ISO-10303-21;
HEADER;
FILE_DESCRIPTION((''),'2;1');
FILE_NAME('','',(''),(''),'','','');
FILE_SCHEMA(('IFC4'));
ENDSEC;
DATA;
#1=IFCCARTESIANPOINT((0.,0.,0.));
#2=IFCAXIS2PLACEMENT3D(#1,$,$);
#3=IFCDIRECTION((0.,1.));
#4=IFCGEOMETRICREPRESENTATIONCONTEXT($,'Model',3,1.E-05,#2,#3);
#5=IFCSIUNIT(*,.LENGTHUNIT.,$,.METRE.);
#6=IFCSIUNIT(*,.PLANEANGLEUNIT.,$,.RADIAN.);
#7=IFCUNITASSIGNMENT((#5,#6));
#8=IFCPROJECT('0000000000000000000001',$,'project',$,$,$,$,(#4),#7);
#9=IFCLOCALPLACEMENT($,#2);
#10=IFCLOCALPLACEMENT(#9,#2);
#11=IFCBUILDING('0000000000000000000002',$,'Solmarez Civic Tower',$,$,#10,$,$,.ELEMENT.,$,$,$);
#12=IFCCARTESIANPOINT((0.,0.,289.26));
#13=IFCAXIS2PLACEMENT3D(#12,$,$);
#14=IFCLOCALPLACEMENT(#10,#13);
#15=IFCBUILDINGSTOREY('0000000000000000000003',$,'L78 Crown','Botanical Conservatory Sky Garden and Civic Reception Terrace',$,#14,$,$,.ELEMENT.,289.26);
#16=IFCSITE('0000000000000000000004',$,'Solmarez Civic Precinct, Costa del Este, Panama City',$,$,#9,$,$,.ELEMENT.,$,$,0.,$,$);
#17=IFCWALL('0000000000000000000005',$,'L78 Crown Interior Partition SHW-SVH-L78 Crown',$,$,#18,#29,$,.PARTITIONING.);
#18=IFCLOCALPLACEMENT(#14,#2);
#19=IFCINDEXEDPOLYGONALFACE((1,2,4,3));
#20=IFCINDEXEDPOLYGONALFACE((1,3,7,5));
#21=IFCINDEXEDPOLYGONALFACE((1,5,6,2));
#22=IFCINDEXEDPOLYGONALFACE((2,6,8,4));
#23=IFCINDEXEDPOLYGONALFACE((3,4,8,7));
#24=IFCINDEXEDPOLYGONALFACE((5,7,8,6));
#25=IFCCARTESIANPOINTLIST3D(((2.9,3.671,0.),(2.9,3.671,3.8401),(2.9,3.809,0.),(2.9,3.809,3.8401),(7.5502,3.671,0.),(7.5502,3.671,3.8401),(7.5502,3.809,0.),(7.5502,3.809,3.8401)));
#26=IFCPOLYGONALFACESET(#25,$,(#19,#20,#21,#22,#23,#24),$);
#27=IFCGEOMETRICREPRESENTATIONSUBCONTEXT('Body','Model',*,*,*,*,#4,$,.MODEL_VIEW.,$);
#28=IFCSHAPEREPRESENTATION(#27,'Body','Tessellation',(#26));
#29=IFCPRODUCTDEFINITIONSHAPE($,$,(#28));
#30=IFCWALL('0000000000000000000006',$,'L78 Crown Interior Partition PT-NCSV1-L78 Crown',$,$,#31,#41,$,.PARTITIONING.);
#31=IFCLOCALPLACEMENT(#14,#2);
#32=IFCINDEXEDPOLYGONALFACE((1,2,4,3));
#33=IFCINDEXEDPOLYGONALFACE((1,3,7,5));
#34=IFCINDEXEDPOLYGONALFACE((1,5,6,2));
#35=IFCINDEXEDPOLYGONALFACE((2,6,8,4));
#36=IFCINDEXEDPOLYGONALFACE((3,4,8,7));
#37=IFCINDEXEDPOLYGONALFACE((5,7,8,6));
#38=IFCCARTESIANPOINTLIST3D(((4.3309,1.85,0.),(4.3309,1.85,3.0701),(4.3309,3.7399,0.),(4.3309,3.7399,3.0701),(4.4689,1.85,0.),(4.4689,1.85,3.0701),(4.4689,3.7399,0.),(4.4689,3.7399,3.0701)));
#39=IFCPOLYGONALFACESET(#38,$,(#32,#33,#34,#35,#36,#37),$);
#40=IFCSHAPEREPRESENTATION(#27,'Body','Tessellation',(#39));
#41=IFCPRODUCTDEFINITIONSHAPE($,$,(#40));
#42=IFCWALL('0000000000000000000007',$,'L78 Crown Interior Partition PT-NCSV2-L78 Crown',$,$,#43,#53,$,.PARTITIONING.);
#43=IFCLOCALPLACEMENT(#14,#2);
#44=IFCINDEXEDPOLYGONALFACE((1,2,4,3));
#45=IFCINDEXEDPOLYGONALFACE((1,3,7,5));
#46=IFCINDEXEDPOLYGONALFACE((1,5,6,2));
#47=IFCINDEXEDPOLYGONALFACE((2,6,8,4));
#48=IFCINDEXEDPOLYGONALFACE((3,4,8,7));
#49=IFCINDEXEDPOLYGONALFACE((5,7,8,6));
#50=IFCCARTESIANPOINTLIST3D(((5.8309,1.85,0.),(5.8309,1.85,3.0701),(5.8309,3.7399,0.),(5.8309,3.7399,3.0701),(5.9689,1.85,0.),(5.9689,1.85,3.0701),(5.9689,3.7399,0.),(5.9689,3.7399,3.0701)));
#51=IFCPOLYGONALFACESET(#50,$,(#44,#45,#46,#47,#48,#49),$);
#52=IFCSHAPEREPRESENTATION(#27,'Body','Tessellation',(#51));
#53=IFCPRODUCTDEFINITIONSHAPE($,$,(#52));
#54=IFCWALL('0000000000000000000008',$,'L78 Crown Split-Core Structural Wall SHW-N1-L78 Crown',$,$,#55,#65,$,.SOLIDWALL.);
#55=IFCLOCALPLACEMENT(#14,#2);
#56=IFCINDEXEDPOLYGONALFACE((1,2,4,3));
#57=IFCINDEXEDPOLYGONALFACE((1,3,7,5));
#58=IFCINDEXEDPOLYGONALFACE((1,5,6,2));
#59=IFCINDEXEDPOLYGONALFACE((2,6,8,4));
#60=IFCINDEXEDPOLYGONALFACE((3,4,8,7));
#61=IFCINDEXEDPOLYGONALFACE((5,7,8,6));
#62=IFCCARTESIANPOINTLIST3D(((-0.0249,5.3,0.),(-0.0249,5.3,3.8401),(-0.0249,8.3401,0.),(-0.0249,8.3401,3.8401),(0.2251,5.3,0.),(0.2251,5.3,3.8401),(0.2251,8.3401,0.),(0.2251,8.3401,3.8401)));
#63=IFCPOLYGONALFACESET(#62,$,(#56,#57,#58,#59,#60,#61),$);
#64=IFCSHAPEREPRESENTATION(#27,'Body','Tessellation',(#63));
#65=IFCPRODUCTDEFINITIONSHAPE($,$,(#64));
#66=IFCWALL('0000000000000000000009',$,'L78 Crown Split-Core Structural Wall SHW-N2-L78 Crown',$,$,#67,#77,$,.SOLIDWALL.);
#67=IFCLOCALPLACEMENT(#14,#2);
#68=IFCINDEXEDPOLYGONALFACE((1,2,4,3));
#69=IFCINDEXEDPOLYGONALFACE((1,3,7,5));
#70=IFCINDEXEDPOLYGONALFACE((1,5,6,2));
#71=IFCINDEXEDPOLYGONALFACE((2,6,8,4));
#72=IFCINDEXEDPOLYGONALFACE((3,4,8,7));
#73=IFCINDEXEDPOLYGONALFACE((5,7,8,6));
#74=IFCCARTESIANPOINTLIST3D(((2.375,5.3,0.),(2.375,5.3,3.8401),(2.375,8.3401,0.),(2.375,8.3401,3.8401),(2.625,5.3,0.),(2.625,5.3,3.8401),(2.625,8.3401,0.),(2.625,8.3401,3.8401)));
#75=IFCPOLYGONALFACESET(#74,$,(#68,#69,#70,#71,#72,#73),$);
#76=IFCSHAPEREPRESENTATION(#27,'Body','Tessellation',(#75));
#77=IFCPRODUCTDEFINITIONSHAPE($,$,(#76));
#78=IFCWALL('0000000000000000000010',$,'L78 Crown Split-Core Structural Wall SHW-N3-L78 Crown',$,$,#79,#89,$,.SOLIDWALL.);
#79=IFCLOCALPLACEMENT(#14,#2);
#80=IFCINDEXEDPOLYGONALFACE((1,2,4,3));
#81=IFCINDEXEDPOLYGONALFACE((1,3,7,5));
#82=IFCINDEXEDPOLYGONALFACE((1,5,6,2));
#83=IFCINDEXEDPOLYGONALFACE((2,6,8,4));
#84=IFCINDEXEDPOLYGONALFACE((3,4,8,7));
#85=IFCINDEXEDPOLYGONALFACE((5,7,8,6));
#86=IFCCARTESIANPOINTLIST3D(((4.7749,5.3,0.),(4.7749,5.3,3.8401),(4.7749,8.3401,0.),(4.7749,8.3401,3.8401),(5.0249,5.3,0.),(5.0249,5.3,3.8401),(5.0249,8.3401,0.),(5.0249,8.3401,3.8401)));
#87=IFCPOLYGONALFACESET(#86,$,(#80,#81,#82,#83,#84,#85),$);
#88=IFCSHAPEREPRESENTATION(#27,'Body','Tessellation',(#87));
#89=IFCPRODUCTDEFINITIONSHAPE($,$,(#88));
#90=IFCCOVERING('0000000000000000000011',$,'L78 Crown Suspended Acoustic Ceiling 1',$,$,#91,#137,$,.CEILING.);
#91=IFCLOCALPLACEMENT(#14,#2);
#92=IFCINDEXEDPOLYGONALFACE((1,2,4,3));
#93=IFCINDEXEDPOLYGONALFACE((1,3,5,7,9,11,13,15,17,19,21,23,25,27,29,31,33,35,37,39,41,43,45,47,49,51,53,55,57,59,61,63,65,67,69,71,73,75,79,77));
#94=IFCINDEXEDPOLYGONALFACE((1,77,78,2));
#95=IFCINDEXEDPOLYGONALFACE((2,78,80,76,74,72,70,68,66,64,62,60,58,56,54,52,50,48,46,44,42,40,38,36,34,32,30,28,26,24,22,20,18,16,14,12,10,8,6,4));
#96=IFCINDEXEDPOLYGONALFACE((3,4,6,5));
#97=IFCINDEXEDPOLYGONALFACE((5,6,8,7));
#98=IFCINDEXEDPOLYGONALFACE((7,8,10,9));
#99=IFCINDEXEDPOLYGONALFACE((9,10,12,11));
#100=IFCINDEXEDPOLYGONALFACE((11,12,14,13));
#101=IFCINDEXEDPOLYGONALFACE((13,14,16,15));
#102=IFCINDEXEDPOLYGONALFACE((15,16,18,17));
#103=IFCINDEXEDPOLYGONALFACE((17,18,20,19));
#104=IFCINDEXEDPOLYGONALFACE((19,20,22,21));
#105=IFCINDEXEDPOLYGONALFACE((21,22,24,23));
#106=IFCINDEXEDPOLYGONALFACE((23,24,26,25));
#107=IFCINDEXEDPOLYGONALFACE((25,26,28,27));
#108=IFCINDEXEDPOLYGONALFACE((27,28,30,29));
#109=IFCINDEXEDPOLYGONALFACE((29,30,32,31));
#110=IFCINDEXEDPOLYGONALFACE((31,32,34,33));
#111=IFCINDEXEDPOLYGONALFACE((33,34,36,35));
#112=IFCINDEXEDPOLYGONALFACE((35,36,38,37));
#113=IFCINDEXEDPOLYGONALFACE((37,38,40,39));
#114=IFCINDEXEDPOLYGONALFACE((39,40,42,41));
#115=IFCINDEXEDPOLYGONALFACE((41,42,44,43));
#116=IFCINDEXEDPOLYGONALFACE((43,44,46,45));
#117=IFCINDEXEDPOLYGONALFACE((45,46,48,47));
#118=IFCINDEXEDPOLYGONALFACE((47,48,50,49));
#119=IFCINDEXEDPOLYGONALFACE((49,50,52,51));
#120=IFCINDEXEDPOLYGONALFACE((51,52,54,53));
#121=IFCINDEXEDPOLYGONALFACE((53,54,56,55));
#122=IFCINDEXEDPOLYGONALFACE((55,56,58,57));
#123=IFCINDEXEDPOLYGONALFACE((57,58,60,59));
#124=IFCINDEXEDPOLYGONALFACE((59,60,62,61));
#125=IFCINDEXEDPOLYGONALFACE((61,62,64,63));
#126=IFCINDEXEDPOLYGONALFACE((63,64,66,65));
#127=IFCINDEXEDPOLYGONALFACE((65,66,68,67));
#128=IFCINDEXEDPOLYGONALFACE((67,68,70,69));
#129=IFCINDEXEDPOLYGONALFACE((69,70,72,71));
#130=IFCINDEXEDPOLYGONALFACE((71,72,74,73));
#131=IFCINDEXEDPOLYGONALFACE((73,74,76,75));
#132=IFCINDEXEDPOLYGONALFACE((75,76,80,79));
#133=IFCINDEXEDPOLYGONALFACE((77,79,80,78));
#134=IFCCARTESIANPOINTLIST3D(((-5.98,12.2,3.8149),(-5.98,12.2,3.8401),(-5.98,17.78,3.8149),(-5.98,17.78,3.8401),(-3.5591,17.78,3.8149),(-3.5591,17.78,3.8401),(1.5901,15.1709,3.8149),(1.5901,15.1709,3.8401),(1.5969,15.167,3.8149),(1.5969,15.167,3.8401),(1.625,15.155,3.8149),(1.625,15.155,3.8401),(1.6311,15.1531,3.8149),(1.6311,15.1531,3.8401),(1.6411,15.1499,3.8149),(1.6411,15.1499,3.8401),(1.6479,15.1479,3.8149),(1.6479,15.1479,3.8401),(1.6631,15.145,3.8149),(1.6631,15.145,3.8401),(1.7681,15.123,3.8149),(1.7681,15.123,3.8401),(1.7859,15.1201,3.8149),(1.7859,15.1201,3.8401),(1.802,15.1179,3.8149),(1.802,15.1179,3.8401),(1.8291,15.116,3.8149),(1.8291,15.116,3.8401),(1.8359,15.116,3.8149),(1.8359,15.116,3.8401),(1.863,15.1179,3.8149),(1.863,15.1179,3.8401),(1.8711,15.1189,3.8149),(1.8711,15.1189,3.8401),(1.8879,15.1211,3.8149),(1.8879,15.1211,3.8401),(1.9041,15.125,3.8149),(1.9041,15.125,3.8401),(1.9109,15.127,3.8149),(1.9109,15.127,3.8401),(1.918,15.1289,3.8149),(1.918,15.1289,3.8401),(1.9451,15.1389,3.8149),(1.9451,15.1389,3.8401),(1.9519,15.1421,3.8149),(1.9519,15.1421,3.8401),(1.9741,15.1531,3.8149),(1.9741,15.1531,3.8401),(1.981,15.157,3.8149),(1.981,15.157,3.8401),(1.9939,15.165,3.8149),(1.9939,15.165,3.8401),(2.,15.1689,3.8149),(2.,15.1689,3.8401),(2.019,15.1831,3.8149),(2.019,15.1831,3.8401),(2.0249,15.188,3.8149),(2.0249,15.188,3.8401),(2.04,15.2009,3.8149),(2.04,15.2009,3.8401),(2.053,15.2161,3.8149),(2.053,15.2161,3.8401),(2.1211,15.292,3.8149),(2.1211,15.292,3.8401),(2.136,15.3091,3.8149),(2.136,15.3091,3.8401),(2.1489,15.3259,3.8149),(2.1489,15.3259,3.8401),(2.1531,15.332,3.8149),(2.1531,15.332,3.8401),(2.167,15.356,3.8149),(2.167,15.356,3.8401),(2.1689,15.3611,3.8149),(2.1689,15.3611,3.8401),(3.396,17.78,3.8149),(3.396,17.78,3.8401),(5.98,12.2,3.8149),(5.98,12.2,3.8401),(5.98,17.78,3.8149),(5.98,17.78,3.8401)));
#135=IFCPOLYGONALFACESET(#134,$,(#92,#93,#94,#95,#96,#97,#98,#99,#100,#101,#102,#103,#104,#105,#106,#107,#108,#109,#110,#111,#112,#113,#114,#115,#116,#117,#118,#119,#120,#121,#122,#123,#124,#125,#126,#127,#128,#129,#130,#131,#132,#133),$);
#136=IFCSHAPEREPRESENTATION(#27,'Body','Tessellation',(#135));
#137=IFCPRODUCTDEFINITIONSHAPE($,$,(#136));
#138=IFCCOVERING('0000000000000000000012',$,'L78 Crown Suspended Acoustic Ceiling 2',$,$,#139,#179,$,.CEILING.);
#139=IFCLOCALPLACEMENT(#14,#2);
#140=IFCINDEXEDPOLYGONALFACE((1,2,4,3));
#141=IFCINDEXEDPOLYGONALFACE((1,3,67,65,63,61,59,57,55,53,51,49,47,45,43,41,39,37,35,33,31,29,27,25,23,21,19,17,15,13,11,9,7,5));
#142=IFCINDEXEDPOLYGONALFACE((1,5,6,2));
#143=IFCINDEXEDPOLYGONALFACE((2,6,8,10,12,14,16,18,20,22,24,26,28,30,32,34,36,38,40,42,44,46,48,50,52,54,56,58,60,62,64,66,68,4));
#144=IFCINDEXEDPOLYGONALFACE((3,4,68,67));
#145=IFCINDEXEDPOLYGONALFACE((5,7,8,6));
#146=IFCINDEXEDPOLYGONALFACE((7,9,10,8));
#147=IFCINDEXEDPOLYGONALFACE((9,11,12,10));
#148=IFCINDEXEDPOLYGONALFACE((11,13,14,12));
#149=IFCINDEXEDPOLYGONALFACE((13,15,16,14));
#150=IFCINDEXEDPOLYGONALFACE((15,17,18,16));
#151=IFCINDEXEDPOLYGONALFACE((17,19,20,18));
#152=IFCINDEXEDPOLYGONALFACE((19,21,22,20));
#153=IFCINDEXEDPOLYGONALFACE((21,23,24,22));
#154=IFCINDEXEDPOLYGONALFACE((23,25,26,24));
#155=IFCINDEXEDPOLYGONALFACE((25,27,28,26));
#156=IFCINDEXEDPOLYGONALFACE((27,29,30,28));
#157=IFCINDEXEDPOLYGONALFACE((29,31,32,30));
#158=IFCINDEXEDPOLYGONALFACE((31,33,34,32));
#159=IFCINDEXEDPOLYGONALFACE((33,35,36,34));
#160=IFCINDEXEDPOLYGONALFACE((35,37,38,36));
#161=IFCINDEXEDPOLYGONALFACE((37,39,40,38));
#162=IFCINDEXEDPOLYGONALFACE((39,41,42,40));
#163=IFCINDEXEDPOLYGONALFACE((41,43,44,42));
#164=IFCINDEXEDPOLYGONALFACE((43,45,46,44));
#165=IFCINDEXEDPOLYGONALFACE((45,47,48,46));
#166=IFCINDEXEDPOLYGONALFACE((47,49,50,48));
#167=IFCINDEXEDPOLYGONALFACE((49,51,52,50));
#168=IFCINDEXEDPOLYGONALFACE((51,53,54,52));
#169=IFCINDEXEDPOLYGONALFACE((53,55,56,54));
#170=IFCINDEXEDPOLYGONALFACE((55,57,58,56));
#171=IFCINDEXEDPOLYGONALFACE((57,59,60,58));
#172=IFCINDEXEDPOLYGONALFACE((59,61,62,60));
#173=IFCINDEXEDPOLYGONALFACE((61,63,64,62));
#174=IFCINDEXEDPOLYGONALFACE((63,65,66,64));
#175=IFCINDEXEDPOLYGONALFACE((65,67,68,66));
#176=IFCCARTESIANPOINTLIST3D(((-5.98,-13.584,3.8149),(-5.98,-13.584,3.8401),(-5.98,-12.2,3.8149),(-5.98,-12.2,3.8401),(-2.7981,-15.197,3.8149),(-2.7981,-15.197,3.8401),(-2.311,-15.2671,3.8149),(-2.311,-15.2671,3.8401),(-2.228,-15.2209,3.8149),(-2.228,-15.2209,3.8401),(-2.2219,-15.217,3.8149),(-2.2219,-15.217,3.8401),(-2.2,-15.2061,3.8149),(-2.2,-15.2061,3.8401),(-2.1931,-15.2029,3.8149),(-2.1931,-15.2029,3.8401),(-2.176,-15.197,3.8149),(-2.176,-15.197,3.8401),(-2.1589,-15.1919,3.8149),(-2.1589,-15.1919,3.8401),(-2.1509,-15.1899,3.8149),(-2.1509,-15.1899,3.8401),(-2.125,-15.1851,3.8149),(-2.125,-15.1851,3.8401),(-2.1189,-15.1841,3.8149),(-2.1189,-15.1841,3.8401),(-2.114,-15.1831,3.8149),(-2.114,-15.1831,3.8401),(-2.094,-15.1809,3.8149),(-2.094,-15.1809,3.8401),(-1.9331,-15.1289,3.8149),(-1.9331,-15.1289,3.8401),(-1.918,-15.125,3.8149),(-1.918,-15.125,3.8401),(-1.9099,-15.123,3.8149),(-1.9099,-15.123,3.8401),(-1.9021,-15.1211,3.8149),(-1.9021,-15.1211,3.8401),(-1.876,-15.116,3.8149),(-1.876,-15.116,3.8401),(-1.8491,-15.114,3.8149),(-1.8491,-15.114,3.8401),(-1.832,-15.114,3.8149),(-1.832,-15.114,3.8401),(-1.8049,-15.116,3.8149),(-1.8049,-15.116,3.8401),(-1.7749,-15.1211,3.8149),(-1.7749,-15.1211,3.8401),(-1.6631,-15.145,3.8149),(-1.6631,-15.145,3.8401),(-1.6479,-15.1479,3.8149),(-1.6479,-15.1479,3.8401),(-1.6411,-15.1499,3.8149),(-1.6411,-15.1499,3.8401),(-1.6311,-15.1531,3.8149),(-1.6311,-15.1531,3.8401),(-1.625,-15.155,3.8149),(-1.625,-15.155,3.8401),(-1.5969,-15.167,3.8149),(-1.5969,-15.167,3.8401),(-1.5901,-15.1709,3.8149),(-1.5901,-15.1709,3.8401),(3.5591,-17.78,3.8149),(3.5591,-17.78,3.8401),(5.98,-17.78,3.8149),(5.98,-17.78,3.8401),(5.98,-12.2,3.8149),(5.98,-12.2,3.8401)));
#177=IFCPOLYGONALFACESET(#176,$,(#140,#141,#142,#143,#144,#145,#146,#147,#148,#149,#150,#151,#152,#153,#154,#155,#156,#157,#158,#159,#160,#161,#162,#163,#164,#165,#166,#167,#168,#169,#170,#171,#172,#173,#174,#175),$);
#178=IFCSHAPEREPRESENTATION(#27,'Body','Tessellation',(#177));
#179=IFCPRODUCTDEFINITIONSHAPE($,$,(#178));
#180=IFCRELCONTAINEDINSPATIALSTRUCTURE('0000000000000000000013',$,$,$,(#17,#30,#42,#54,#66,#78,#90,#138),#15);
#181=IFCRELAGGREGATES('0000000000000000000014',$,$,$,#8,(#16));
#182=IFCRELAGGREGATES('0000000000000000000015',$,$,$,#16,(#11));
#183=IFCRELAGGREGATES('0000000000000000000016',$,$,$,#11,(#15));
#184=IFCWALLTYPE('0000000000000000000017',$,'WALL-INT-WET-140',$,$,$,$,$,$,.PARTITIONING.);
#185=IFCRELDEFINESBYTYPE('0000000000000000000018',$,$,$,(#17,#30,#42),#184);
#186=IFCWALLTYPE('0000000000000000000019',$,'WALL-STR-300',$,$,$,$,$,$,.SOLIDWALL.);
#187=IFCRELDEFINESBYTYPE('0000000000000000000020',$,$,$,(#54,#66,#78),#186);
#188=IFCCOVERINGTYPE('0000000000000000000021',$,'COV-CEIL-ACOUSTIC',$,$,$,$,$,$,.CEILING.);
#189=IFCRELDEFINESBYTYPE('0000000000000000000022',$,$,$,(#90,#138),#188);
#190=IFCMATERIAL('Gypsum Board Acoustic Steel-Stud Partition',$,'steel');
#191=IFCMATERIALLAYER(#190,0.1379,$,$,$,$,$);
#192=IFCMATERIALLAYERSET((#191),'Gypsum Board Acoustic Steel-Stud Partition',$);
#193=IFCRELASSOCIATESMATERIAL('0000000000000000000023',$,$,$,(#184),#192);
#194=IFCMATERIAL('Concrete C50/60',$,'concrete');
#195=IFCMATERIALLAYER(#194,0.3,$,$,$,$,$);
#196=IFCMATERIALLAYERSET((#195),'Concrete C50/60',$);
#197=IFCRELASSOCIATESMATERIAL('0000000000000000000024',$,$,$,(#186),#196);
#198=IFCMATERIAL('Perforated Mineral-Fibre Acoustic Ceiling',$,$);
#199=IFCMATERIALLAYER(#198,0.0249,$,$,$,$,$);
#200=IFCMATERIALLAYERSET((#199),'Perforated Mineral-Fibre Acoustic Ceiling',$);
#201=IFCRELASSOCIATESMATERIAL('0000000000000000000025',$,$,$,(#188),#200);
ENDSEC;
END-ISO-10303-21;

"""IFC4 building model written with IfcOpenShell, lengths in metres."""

from ifc_helpers import new_model, si_unit, direction, frame, frame_2d, origin, place, context, subcontext, project, spatial, polyline, rectangle, outline, extrude, material, layer, layer_set, type_object, element, save


model = new_model("IFC4")

# Units and contexts
model_context = context("Model", 3, precision=1e-05, world=origin(), true_north=direction((0.0, 1.0)))
body_context = subcontext(model_context, "Body", "Model", "MODEL_VIEW")
ifc_project = project(units=[si_unit("LENGTHUNIT", "METRE"), si_unit("PLANEANGLEUNIT", "RADIAN")], contexts=[model_context])

# Site, building, storey
site_placement = place(None, origin())
site = spatial("IfcSite", under=ifc_project, at=site_placement, Name="Solmarez Civic Precinct, Costa del Este, Panama City", CompositionType="ELEMENT", RefElevation=0.0)
building_placement = place(site_placement, origin())
building = spatial("IfcBuilding", under=site, at=building_placement, Name="Solmarez Civic Tower", CompositionType="ELEMENT")
storey_placement = place(building_placement, frame((0.0, 0.0, 289.26)))
storey = spatial("IfcBuildingStorey", under=building, at=storey_placement, Name="L78 Crown", Description="Botanical Conservatory Sky Garden and Civic Reception Terrace", CompositionType="ELEMENT", Elevation=289.26)

# Shared definitions
ifc_material_1 = material(Name="Concrete C50/60", Category="concrete")

# Shared definitions
ifc_material_2 = material(Name="Gypsum Board Acoustic Steel-Stud Partition", Category="steel")

# Walls
ifc_layer_1 = layer(ifc_material_2, 0.1379)
ifc_layer_set_1 = layer_set([ifc_layer_1], Name="Gypsum Board Acoustic Steel-Stud Partition")
wall_type_1 = type_object("IfcWallType", Name="WALL-INT-WET-140", PredefinedType="PARTITIONING", material=ifc_layer_set_1)
wall_1_placement = place(storey_placement, frame((2.8999, 3.74, 0.0), z_axis=(0.0, 0.0, 1.0), x_axis=(1.0, 0.0, 0.0)))
element("IfcWall", 1, at=wall_1_placement, inside=storey, type_object=wall_type_1, Name="L78 Crown Interior Partition SHW-SVH-L78 Crown", PredefinedType="PARTITIONING", context=body_context, shape_type="SweptSolid", body=[
    extrude(rectangle(XDim=4.6501, YDim=0.1379, at=frame_2d((2.3252, 0.0))), origin(), (0.0, 0.0, 1.0), 3.8401),
])
for number, where, z_axis, x_axis, name in (
    (2, (4.3999, 1.8501, 0.0), (0.0, 0.0, 1.0), (0.0, 1.0, 0.0), "L78 Crown Interior Partition PT-NCSV1-L78 Crown"),
    (3, (5.8999, 1.8501, 0.0), (0.0, 0.0, 1.0), (0.0, 1.0, 0.0), "L78 Crown Interior Partition PT-NCSV2-L78 Crown"),
):
    element("IfcWall", number, at=place(storey_placement, frame(where, z_axis=z_axis, x_axis=x_axis)), inside=storey, type_object=wall_type_1, Name=name, PredefinedType="PARTITIONING", context=body_context, shape_type="SweptSolid", body=[
        extrude(rectangle(XDim=1.8899, YDim=0.1379, at=frame_2d((0.9448, 0.0))), origin(), (0.0, 0.0, 1.0), 3.0701),
    ])

# Shared definitions
ifc_layer_2 = layer(ifc_material_1, 0.3)
ifc_layer_set_2 = layer_set([ifc_layer_2], Name="Concrete C50/60")
wall_type_2 = type_object("IfcWallType", Name="WALL-STR-300", PredefinedType="SOLIDWALL", material=ifc_layer_set_2)

# Walls
for number, where, z_axis, x_axis, name in (
    (4, (0.1001, 5.3, 0.0), (0.0, 0.0, 1.0), (0.0, 1.0, 0.0), "L78 Crown Split-Core Structural Wall SHW-N1-L78 Crown"),
    (5, (2.5, 5.3, 0.0), (0.0, 0.0, 1.0), (0.0, 1.0, 0.0), "L78 Crown Split-Core Structural Wall SHW-N2-L78 Crown"),
    (6, (4.8999, 5.3, 0.0), (0.0, 0.0, 1.0), (0.0, 1.0, 0.0), "L78 Crown Split-Core Structural Wall SHW-N3-L78 Crown"),
):
    element("IfcWall", number, at=place(storey_placement, frame(where, z_axis=z_axis, x_axis=x_axis)), inside=storey, type_object=wall_type_2, Name=name, PredefinedType="SOLIDWALL", context=body_context, shape_type="SweptSolid", body=[
        extrude(rectangle(XDim=3.04, YDim=0.25, at=frame_2d((1.52, 0.0))), origin(), (0.0, 0.0, 1.0), 3.8401),
    ])

# Coverings
ifc_material_3 = material(Name="Perforated Mineral-Fibre Acoustic Ceiling")
ifc_layer_3 = layer(ifc_material_3, 0.0249)
ifc_layer_set_3 = layer_set([ifc_layer_3], Name="Perforated Mineral-Fibre Acoustic Ceiling")
covering_type_1 = type_object("IfcCoveringType", Name="COV-CEIL-ACOUSTIC", PredefinedType="CEILING", material=ifc_layer_set_3)
covering_1_placement = place(storey_placement, frame((0.0, 0.0, 3.8149)))
element("IfcCovering", 7, at=covering_1_placement, inside=storey, type_object=covering_type_1, Name="L78 Crown Suspended Acoustic Ceiling 1", PredefinedType="CEILING", context=body_context, shape_type="SweptSolid", body=[
    extrude(outline(polyline([(5.98, 17.78), (3.396, 17.78), (2.1689, 15.3611), (2.167, 15.356), (2.1531, 15.332), (2.1489, 15.3259), (2.136, 15.3091), (2.1211, 15.292), (2.053, 15.2161), (2.04, 15.2009), (2.0249, 15.188), (2.019, 15.1831), (2.0, 15.1689), (1.9939, 15.165), (1.981, 15.157), (1.9741, 15.1531), (1.9519, 15.1421), (1.9451, 15.1389), (1.918, 15.1289), (1.9109, 15.127), (1.9041, 15.125), (1.8879, 15.1211), (1.8711, 15.1189), (1.863, 15.1179), (1.8359, 15.116), (1.8291, 15.116), (1.802, 15.1179), (1.7859, 15.1201), (1.7681, 15.123), (1.6631, 15.145), (1.6479, 15.1479), (1.6411, 15.1499), (1.6311, 15.1531), (1.625, 15.155), (1.5969, 15.167), (1.5901, 15.1709), (-3.5591, 17.78), (-5.98, 17.78), (-5.98, 12.2), (5.98, 12.2), (5.98, 17.78)])), origin(), (0.0, 0.0, 1.0), 0.0251),
])
covering_2_placement = place(storey_placement, frame((0.0, 0.0, 3.8149)))
element("IfcCovering", 8, at=covering_2_placement, inside=storey, type_object=covering_type_1, Name="L78 Crown Suspended Acoustic Ceiling 2", PredefinedType="CEILING", context=body_context, shape_type="SweptSolid", body=[
    extrude(outline(polyline([(5.98, -12.2), (-5.98, -12.2), (-5.98, -13.584), (-2.7981, -15.197), (-2.311, -15.2671), (-2.228, -15.2209), (-2.2219, -15.217), (-2.2, -15.2061), (-2.1931, -15.2029), (-2.176, -15.197), (-2.1589, -15.1919), (-2.1509, -15.1899), (-2.125, -15.1851), (-2.1189, -15.1841), (-2.114, -15.1831), (-2.094, -15.1809), (-1.9331, -15.1289), (-1.918, -15.125), (-1.9099, -15.123), (-1.9021, -15.1211), (-1.876, -15.116), (-1.8491, -15.114), (-1.832, -15.114), (-1.8049, -15.116), (-1.7749, -15.1211), (-1.6631, -15.145), (-1.6479, -15.1479), (-1.6411, -15.1499), (-1.6311, -15.1531), (-1.625, -15.155), (-1.5969, -15.167), (-1.5901, -15.1709), (3.5591, -17.78), (5.98, -17.78), (5.98, -12.2)])), origin(), (0.0, 0.0, 1.0), 0.0251),
])

save(model, "model.ifc")
